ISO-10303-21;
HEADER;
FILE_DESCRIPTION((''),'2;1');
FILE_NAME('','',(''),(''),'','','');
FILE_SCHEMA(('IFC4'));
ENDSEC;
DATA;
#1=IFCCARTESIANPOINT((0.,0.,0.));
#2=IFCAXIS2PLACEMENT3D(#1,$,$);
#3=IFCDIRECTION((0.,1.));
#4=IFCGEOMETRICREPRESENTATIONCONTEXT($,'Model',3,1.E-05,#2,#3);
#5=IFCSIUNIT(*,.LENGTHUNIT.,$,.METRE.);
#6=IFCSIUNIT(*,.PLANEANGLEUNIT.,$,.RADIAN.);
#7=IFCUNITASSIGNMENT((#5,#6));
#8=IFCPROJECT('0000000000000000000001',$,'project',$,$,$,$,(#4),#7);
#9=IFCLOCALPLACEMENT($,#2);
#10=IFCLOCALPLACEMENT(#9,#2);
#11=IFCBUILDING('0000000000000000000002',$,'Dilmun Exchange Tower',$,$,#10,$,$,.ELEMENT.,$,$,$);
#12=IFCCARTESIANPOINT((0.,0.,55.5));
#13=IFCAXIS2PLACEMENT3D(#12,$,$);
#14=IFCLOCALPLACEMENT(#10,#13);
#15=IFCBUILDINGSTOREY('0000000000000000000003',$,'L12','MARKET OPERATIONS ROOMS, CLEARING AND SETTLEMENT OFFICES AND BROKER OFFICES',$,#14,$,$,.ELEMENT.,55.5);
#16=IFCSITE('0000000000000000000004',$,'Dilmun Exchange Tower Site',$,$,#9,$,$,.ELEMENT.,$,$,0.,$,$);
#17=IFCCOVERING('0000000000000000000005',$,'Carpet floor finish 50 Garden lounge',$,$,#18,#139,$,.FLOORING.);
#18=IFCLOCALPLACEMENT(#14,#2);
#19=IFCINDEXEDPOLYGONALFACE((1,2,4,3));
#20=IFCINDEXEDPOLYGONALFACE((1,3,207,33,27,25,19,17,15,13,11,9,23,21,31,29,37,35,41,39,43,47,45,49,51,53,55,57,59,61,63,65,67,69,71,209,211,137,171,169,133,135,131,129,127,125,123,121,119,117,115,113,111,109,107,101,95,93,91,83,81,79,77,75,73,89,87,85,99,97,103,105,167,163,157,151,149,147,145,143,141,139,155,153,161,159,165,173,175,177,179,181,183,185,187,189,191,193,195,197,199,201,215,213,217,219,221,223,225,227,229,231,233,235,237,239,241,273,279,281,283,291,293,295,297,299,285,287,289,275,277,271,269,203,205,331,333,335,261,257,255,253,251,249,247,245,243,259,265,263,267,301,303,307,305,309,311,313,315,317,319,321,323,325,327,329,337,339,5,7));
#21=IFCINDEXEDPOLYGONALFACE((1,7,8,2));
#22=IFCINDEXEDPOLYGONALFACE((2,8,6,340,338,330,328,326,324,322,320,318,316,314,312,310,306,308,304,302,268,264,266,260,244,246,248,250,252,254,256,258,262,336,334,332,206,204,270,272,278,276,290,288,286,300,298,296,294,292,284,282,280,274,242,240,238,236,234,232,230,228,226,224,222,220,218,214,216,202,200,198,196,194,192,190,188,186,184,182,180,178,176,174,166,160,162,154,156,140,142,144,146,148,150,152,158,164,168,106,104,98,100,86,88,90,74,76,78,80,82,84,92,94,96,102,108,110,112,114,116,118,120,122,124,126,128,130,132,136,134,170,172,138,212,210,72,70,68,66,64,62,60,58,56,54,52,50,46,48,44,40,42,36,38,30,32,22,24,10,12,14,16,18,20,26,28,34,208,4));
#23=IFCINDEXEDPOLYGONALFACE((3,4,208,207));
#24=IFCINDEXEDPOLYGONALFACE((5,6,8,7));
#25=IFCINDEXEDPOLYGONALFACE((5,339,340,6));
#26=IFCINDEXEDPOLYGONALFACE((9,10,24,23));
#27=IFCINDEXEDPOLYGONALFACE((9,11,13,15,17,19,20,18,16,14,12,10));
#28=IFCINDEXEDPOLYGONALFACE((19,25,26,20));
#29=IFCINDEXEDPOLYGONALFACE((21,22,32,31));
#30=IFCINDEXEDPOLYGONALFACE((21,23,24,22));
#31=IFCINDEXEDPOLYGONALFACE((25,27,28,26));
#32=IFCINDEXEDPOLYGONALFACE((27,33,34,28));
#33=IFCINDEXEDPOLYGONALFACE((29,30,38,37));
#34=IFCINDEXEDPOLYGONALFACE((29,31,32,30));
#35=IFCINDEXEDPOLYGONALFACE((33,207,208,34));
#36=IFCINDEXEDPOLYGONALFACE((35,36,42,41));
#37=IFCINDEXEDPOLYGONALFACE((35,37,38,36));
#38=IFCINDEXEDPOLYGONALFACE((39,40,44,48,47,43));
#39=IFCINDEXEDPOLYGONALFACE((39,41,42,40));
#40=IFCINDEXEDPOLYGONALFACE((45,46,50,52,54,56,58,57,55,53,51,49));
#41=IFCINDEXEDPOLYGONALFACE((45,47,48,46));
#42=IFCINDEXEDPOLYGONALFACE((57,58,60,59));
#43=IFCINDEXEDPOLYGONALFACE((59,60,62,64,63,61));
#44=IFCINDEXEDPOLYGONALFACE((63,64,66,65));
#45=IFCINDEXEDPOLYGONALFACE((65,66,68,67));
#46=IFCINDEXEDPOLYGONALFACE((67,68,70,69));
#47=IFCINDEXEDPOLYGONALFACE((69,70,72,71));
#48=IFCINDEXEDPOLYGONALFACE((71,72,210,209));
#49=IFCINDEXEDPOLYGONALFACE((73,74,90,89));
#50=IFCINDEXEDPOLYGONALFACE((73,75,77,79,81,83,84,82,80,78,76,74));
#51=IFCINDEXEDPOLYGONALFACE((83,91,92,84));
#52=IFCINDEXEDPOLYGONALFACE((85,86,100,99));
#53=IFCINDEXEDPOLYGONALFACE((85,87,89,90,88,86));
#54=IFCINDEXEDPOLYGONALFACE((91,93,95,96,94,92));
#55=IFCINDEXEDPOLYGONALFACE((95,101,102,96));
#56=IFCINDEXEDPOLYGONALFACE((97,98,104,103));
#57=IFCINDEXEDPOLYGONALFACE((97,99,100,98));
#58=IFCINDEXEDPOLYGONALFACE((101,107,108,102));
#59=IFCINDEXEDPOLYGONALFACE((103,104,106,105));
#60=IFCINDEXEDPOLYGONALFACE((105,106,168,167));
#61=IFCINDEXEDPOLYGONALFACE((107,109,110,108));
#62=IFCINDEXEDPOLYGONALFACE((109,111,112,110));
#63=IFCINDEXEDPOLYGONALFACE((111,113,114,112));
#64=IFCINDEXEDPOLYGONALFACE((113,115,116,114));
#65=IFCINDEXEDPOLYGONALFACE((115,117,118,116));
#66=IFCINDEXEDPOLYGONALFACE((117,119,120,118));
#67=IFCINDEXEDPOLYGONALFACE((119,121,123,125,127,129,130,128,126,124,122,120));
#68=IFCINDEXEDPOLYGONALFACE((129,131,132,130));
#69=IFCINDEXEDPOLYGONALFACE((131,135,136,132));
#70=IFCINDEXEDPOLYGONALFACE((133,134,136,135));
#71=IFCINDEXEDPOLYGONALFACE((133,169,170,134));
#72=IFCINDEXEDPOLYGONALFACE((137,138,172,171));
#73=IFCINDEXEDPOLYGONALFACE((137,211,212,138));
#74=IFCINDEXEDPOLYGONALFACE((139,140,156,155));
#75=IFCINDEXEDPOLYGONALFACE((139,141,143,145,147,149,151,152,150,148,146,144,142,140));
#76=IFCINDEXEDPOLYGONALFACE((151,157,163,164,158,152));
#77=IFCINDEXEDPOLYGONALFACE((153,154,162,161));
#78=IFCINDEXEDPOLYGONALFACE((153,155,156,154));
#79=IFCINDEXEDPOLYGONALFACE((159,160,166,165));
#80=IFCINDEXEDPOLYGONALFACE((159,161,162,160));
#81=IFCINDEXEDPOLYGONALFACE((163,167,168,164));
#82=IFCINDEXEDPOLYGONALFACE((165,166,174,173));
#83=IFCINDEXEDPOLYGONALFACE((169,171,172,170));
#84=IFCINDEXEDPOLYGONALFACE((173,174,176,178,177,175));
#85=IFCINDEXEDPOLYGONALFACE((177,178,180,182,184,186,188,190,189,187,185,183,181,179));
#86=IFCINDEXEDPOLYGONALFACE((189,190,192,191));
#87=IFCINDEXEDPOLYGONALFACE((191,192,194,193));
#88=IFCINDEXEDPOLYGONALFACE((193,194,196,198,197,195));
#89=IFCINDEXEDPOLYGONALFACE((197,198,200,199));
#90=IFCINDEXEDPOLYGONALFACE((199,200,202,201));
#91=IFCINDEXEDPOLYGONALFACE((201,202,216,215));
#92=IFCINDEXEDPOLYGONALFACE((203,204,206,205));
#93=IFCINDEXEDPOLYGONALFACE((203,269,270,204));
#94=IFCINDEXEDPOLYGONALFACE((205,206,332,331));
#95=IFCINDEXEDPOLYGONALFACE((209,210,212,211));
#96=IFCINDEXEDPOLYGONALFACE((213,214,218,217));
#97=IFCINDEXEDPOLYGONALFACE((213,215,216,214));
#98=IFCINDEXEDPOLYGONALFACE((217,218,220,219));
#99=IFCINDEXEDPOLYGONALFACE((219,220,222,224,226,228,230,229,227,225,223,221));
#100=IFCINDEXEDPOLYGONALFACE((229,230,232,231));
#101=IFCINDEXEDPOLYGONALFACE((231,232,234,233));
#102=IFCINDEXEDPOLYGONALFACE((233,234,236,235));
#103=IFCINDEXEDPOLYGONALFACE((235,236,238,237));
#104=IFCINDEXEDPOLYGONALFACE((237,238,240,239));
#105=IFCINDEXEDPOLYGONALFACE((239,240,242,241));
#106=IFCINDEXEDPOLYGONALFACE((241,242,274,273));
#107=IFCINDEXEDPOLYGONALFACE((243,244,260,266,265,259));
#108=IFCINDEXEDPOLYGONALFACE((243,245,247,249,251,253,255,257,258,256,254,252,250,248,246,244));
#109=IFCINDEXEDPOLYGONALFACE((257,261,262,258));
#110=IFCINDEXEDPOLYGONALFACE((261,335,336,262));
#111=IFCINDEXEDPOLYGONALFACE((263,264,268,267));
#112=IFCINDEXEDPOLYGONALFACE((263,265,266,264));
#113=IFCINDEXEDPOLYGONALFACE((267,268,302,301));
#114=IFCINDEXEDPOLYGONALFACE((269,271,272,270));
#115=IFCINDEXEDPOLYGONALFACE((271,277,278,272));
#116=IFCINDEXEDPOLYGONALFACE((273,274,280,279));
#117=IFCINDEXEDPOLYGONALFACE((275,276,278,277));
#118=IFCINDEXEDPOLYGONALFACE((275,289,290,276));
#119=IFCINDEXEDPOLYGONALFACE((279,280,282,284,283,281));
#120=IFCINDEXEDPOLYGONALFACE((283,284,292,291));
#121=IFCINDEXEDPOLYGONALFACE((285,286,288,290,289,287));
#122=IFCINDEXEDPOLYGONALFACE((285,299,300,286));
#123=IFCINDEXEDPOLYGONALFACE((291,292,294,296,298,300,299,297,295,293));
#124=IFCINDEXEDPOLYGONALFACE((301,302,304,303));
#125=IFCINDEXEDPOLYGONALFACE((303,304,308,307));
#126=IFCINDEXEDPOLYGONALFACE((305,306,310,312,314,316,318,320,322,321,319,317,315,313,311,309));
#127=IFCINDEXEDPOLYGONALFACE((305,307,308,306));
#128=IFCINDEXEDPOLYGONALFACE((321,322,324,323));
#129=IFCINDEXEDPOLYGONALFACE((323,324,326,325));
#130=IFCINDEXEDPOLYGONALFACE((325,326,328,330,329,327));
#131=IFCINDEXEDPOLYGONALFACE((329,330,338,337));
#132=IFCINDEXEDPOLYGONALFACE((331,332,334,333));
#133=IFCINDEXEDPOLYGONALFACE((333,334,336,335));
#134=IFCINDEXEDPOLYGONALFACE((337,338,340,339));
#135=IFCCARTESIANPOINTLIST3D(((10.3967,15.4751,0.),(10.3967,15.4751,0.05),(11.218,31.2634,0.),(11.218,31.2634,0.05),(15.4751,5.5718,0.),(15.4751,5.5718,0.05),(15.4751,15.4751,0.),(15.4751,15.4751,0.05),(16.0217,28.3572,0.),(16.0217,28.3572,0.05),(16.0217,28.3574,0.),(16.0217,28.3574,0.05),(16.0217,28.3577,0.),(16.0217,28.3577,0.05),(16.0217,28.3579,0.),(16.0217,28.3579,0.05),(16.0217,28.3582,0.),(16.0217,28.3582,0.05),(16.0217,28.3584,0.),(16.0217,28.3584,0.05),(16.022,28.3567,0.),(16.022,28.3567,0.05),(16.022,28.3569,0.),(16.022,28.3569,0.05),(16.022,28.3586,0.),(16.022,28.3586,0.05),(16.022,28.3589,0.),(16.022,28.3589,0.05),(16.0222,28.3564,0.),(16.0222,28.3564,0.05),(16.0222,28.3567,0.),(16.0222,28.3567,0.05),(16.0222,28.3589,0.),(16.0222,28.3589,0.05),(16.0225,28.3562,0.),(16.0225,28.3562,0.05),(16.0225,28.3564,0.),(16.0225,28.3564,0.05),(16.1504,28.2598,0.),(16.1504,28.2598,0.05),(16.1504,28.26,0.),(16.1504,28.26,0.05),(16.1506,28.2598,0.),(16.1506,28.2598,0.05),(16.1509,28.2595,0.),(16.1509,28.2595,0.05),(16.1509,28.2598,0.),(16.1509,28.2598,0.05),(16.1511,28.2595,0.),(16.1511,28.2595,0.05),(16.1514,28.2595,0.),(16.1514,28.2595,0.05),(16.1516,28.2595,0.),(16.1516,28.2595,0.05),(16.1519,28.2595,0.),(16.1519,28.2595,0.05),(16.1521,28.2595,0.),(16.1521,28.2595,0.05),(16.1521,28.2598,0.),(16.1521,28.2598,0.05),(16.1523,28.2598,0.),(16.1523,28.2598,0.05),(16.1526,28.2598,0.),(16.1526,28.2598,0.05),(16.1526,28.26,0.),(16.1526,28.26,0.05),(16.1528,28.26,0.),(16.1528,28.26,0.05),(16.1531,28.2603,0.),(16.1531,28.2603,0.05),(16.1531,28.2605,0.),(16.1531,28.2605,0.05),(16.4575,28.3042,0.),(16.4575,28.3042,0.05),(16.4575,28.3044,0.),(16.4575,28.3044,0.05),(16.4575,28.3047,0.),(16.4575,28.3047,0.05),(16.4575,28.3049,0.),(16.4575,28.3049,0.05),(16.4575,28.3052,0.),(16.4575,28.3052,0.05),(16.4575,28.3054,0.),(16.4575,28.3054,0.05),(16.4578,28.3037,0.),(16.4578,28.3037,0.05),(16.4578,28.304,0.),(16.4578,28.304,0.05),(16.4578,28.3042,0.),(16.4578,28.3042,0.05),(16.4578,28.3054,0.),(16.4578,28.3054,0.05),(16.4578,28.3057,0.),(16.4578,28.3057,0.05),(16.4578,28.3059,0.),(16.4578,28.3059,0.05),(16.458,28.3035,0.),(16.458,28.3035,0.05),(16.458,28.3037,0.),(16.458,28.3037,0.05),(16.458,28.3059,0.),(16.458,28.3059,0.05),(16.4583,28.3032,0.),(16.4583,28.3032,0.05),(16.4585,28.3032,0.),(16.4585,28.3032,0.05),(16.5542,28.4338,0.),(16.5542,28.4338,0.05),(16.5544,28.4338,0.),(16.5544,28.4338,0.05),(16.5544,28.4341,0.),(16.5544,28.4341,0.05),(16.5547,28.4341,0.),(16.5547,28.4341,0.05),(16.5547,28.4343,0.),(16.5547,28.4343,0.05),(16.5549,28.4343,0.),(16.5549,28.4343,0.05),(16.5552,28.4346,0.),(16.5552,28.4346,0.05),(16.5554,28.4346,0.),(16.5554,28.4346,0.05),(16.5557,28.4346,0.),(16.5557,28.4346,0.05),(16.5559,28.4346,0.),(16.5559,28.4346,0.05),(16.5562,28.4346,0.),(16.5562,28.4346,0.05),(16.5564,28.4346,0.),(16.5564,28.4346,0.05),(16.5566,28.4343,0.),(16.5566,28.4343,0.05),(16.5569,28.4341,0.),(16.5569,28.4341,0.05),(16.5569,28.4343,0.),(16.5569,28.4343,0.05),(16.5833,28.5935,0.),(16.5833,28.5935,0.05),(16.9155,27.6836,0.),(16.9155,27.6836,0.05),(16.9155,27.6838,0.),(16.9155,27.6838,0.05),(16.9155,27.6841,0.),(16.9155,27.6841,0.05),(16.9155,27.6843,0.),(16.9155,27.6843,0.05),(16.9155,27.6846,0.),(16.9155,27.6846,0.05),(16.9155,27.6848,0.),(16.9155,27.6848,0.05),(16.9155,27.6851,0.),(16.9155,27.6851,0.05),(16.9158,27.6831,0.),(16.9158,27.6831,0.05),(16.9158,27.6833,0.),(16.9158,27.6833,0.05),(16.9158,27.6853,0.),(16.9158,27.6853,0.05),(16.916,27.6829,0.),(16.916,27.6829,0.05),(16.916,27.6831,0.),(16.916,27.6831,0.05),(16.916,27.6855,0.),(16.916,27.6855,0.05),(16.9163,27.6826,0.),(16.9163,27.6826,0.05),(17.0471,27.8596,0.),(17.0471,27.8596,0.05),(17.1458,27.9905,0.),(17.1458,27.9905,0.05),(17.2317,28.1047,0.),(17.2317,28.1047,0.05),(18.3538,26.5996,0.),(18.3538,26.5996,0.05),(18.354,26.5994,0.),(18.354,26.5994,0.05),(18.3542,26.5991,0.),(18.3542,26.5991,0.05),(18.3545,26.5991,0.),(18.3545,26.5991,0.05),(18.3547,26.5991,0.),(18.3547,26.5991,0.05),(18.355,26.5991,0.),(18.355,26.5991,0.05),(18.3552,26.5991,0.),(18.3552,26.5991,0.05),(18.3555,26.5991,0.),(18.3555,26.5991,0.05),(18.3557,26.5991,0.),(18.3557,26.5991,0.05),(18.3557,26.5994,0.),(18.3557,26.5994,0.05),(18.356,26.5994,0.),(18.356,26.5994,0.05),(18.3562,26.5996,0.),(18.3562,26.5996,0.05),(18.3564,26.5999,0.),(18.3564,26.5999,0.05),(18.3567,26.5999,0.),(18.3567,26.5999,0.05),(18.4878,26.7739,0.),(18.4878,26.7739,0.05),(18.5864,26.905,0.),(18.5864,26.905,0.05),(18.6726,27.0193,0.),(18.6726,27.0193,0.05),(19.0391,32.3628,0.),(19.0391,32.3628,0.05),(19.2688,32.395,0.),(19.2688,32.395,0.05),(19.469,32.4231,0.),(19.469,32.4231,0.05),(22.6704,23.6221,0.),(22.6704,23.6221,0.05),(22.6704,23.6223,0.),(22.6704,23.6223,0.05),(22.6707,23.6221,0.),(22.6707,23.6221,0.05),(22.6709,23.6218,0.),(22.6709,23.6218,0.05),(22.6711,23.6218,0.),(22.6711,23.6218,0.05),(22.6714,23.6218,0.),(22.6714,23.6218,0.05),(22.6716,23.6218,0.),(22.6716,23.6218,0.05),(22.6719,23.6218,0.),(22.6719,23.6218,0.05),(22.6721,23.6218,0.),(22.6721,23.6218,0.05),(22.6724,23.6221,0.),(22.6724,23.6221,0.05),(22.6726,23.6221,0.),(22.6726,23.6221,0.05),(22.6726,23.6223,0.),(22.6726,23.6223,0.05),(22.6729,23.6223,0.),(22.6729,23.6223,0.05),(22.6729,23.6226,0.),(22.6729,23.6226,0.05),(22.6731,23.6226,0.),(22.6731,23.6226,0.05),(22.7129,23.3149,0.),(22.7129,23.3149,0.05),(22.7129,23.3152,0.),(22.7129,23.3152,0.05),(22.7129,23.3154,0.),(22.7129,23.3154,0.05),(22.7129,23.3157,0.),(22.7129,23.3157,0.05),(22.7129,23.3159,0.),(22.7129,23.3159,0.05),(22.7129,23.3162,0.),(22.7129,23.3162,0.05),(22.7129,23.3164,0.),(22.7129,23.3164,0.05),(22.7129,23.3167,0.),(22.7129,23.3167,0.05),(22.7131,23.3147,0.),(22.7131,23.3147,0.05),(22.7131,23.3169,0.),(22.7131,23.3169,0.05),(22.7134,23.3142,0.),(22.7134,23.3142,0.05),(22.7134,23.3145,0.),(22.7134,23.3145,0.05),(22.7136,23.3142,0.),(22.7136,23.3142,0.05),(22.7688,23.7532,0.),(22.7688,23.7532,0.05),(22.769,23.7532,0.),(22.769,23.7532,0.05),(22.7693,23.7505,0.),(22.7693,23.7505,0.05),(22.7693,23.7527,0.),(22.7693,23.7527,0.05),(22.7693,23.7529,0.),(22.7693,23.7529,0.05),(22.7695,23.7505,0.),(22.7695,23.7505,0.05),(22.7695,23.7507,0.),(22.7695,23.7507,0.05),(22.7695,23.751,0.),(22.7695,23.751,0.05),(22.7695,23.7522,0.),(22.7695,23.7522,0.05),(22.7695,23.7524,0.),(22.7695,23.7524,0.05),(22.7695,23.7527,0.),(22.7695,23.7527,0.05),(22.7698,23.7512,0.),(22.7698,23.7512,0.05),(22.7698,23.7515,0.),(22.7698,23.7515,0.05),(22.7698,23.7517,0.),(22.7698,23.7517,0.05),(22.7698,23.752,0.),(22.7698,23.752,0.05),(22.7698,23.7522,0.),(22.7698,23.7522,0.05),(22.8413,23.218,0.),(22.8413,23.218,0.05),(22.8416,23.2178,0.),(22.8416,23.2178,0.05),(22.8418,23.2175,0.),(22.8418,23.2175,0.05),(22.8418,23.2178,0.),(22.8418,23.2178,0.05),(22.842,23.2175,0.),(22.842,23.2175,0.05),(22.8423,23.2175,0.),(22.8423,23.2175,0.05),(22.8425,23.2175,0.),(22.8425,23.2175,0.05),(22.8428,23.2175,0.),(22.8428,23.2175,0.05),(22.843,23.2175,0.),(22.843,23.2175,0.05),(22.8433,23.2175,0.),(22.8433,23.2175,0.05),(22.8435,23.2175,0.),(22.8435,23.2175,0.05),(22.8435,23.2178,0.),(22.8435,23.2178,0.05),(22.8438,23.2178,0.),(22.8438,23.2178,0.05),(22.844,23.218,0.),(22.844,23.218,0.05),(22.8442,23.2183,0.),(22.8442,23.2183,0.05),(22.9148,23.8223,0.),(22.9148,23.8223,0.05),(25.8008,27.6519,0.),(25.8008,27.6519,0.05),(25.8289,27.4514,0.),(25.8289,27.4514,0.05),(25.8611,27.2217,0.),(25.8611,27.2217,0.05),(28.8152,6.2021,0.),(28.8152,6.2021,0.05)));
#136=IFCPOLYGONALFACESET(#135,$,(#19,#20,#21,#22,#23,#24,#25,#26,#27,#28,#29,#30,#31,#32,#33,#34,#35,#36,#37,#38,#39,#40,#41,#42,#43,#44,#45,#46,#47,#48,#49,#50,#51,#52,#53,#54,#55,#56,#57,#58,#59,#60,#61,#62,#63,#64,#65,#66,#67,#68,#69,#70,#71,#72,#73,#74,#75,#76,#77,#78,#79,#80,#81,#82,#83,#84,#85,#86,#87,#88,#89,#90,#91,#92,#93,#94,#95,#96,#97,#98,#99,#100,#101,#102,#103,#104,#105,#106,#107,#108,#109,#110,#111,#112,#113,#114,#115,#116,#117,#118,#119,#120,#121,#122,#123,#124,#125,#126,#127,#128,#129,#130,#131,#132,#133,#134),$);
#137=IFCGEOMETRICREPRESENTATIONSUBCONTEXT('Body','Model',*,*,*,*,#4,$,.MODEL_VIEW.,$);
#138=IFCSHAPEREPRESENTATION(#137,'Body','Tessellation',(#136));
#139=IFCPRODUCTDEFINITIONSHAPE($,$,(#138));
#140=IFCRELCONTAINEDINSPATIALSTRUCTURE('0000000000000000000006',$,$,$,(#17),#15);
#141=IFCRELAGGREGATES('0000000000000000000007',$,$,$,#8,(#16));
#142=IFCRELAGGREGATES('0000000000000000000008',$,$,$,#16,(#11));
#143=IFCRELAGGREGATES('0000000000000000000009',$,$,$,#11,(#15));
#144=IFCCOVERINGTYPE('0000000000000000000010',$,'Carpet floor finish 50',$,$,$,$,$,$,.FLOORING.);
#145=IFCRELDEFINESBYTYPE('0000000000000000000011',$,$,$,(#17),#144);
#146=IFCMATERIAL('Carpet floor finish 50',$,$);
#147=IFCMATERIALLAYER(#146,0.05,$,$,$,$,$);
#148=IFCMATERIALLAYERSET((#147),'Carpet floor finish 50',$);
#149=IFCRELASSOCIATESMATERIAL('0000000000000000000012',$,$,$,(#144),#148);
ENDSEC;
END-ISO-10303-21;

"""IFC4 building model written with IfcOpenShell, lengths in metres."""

from ifc_helpers import new_model, si_unit, direction, frame, origin, place, context, subcontext, project, spatial, polyline, outline, extrude, material, layer, layer_set, type_object, element, save


model = new_model("IFC4")

# Units and contexts
model_context = context("Model", 3, precision=1e-05, world=origin(), true_north=direction((0.0, 1.0)))
body_context = subcontext(model_context, "Body", "Model", "MODEL_VIEW")
ifc_project = project(units=[si_unit("LENGTHUNIT", "METRE"), si_unit("PLANEANGLEUNIT", "RADIAN")], contexts=[model_context])

# Site, building, storey
site_placement = place(None, origin())
site = spatial("IfcSite", under=ifc_project, at=site_placement, Name="Dilmun Exchange Tower Site", CompositionType="ELEMENT", RefElevation=0.0)
building_placement = place(site_placement, origin())
building = spatial("IfcBuilding", under=site, at=building_placement, Name="Dilmun Exchange Tower", CompositionType="ELEMENT")
storey_placement = place(building_placement, frame((0.0, 0.0, 55.5)))
storey = spatial("IfcBuildingStorey", under=building, at=storey_placement, Name="L12", Description="MARKET OPERATIONS ROOMS, CLEARING AND SETTLEMENT OFFICES AND BROKER OFFICES", CompositionType="ELEMENT", Elevation=55.5)

# Covering
ifc_material_1 = material(Name="Carpet floor finish 50")
ifc_layer_1 = layer(ifc_material_1, 0.05)
ifc_layer_set_1 = layer_set([ifc_layer_1], Name="Carpet floor finish 50")
covering_type_1 = type_object("IfcCoveringType", Name="Carpet floor finish 50", PredefinedType="FLOORING", material=ifc_layer_set_1)
covering_1_placement = place(storey_placement, origin())
element("IfcCovering", 1, at=covering_1_placement, inside=storey, type_object=covering_type_1, Name="Carpet floor finish 50 Garden lounge", PredefinedType="FLOORING", context=body_context, shape_type="SweptSolid", body=[
    extrude(outline(polyline([(16.5833, 28.5935), (17.2317, 28.1047), (17.1458, 27.9905), (16.5569, 28.4341), (16.5569, 28.4343), (16.5566, 28.4343), (16.5564, 28.4346), (16.5564, 28.4346), (16.5562, 28.4346), (16.5559, 28.4346), (16.5559, 28.4346), (16.5557, 28.4346), (16.5554, 28.4346), (16.5552, 28.4346), (16.5549, 28.4343), (16.5547, 28.4343), (16.5547, 28.4341), (16.5544, 28.4341), (16.5544, 28.4338), (16.5542, 28.4338), (16.458, 28.3059), (16.4578, 28.3059), (16.4578, 28.3057), (16.4578, 28.3054), (16.4575, 28.3054), (16.4575, 28.3052), (16.4575, 28.3049), (16.4575, 28.3047), (16.4575, 28.3044), (16.4575, 28.3042), (16.4578, 28.3042), (16.4578, 28.304), (16.4578, 28.3037), (16.458, 28.3037), (16.458, 28.3035), (16.4583, 28.3032), (16.4585, 28.3032), (17.0471, 27.8596), (16.916, 27.6855), (16.9158, 27.6853), (16.9158, 27.6853), (16.9155, 27.6851), (16.9155, 27.6848), (16.9155, 27.6846), (16.9155, 27.6843), (16.9155, 27.6841), (16.9155, 27.6841), (16.9155, 27.6838), (16.9155, 27.6836), (16.9155, 27.6836), (16.9158, 27.6833), (16.9158, 27.6831), (16.916, 27.6831), (16.916, 27.6829), (16.9163, 27.6826), (18.3538, 26.5996), (18.354, 26.5994), (18.354, 26.5994), (18.3542, 26.5991), (18.3545, 26.5991), (18.3547, 26.5991), (18.3547, 26.5991), (18.355, 26.5991), (18.3552, 26.5991), (18.3555, 26.5991), (18.3557, 26.5991), (18.3557, 26.5994), (18.356, 26.5994), (18.3562, 26.5996), (18.3562, 26.5996), (18.3564, 26.5999), (18.3567, 26.5999), (18.4878, 26.7739), (22.6704, 23.6223), (22.6704, 23.6221), (22.6707, 23.6221), (22.6709, 23.6218), (22.6709, 23.6218), (22.6711, 23.6218), (22.6714, 23.6218), (22.6714, 23.6218), (22.6716, 23.6218), (22.6719, 23.6218), (22.6721, 23.6218), (22.6724, 23.6221), (22.6726, 23.6221), (22.6726, 23.6223), (22.6729, 23.6223), (22.6729, 23.6226), (22.6731, 23.6226), (22.7693, 23.7505), (22.7695, 23.7505), (22.7695, 23.7507), (22.7695, 23.751), (22.7698, 23.7512), (22.7698, 23.7512), (22.7698, 23.7515), (22.7698, 23.7517), (22.7698, 23.752), (22.7698, 23.7522), (22.7695, 23.7522), (22.7695, 23.7524), (22.7695, 23.7527), (22.7693, 23.7527), (22.7693, 23.7529), (22.769, 23.7532), (22.7688, 23.7532), (18.5864, 26.905), (18.6726, 27.0193), (22.9148, 23.8223), (25.8008, 27.6519), (25.8289, 27.4514), (22.7131, 23.3169), (22.7131, 23.3169), (22.7129, 23.3167), (22.7129, 23.3164), (22.7129, 23.3162), (22.7129, 23.3162), (22.7129, 23.3159), (22.7129, 23.3157), (22.7129, 23.3154), (22.7129, 23.3152), (22.7129, 23.3152), (22.7129, 23.3149), (22.7131, 23.3147), (22.7131, 23.3147), (22.7134, 23.3145), (22.7134, 23.3142), (22.7136, 23.3142), (22.8413, 23.218), (22.8416, 23.2178), (22.8418, 23.2178), (22.8418, 23.2175), (22.842, 23.2175), (22.8423, 23.2175), (22.8425, 23.2175), (22.8428, 23.2175), (22.843, 23.2175), (22.843, 23.2175), (22.8433, 23.2175), (22.8435, 23.2175), (22.8435, 23.2178), (22.8438, 23.2178), (22.844, 23.218), (22.844, 23.218), (22.8442, 23.2183), (25.8611, 27.2217), (28.8152, 6.2021), (15.4751, 5.5718), (15.4751, 15.4751), (10.3967, 15.4751), (11.218, 31.2634), (19.0391, 32.3628), (16.0222, 28.3589), (16.022, 28.3589), (16.022, 28.3586), (16.0217, 28.3584), (16.0217, 28.3584), (16.0217, 28.3582), (16.0217, 28.3579), (16.0217, 28.3579), (16.0217, 28.3577), (16.0217, 28.3574), (16.0217, 28.3572), (16.022, 28.3569), (16.022, 28.3567), (16.0222, 28.3567), (16.0222, 28.3564), (16.0225, 28.3564), (16.0225, 28.3562), (16.1504, 28.26), (16.1504, 28.2598), (16.1506, 28.2598), (16.1509, 28.2598), (16.1509, 28.2595), (16.1511, 28.2595), (16.1514, 28.2595), (16.1516, 28.2595), (16.1519, 28.2595), (16.1521, 28.2595), (16.1521, 28.2598), (16.1523, 28.2598), (16.1526, 28.2598), (16.1526, 28.26), (16.1528, 28.26), (16.1531, 28.2603), (16.1531, 28.2605), (19.2688, 32.395), (19.469, 32.4231), (16.5833, 28.5935)])), origin(), (0.0, 0.0, 1.0), 0.05),
])

save(model, "model.ifc")
